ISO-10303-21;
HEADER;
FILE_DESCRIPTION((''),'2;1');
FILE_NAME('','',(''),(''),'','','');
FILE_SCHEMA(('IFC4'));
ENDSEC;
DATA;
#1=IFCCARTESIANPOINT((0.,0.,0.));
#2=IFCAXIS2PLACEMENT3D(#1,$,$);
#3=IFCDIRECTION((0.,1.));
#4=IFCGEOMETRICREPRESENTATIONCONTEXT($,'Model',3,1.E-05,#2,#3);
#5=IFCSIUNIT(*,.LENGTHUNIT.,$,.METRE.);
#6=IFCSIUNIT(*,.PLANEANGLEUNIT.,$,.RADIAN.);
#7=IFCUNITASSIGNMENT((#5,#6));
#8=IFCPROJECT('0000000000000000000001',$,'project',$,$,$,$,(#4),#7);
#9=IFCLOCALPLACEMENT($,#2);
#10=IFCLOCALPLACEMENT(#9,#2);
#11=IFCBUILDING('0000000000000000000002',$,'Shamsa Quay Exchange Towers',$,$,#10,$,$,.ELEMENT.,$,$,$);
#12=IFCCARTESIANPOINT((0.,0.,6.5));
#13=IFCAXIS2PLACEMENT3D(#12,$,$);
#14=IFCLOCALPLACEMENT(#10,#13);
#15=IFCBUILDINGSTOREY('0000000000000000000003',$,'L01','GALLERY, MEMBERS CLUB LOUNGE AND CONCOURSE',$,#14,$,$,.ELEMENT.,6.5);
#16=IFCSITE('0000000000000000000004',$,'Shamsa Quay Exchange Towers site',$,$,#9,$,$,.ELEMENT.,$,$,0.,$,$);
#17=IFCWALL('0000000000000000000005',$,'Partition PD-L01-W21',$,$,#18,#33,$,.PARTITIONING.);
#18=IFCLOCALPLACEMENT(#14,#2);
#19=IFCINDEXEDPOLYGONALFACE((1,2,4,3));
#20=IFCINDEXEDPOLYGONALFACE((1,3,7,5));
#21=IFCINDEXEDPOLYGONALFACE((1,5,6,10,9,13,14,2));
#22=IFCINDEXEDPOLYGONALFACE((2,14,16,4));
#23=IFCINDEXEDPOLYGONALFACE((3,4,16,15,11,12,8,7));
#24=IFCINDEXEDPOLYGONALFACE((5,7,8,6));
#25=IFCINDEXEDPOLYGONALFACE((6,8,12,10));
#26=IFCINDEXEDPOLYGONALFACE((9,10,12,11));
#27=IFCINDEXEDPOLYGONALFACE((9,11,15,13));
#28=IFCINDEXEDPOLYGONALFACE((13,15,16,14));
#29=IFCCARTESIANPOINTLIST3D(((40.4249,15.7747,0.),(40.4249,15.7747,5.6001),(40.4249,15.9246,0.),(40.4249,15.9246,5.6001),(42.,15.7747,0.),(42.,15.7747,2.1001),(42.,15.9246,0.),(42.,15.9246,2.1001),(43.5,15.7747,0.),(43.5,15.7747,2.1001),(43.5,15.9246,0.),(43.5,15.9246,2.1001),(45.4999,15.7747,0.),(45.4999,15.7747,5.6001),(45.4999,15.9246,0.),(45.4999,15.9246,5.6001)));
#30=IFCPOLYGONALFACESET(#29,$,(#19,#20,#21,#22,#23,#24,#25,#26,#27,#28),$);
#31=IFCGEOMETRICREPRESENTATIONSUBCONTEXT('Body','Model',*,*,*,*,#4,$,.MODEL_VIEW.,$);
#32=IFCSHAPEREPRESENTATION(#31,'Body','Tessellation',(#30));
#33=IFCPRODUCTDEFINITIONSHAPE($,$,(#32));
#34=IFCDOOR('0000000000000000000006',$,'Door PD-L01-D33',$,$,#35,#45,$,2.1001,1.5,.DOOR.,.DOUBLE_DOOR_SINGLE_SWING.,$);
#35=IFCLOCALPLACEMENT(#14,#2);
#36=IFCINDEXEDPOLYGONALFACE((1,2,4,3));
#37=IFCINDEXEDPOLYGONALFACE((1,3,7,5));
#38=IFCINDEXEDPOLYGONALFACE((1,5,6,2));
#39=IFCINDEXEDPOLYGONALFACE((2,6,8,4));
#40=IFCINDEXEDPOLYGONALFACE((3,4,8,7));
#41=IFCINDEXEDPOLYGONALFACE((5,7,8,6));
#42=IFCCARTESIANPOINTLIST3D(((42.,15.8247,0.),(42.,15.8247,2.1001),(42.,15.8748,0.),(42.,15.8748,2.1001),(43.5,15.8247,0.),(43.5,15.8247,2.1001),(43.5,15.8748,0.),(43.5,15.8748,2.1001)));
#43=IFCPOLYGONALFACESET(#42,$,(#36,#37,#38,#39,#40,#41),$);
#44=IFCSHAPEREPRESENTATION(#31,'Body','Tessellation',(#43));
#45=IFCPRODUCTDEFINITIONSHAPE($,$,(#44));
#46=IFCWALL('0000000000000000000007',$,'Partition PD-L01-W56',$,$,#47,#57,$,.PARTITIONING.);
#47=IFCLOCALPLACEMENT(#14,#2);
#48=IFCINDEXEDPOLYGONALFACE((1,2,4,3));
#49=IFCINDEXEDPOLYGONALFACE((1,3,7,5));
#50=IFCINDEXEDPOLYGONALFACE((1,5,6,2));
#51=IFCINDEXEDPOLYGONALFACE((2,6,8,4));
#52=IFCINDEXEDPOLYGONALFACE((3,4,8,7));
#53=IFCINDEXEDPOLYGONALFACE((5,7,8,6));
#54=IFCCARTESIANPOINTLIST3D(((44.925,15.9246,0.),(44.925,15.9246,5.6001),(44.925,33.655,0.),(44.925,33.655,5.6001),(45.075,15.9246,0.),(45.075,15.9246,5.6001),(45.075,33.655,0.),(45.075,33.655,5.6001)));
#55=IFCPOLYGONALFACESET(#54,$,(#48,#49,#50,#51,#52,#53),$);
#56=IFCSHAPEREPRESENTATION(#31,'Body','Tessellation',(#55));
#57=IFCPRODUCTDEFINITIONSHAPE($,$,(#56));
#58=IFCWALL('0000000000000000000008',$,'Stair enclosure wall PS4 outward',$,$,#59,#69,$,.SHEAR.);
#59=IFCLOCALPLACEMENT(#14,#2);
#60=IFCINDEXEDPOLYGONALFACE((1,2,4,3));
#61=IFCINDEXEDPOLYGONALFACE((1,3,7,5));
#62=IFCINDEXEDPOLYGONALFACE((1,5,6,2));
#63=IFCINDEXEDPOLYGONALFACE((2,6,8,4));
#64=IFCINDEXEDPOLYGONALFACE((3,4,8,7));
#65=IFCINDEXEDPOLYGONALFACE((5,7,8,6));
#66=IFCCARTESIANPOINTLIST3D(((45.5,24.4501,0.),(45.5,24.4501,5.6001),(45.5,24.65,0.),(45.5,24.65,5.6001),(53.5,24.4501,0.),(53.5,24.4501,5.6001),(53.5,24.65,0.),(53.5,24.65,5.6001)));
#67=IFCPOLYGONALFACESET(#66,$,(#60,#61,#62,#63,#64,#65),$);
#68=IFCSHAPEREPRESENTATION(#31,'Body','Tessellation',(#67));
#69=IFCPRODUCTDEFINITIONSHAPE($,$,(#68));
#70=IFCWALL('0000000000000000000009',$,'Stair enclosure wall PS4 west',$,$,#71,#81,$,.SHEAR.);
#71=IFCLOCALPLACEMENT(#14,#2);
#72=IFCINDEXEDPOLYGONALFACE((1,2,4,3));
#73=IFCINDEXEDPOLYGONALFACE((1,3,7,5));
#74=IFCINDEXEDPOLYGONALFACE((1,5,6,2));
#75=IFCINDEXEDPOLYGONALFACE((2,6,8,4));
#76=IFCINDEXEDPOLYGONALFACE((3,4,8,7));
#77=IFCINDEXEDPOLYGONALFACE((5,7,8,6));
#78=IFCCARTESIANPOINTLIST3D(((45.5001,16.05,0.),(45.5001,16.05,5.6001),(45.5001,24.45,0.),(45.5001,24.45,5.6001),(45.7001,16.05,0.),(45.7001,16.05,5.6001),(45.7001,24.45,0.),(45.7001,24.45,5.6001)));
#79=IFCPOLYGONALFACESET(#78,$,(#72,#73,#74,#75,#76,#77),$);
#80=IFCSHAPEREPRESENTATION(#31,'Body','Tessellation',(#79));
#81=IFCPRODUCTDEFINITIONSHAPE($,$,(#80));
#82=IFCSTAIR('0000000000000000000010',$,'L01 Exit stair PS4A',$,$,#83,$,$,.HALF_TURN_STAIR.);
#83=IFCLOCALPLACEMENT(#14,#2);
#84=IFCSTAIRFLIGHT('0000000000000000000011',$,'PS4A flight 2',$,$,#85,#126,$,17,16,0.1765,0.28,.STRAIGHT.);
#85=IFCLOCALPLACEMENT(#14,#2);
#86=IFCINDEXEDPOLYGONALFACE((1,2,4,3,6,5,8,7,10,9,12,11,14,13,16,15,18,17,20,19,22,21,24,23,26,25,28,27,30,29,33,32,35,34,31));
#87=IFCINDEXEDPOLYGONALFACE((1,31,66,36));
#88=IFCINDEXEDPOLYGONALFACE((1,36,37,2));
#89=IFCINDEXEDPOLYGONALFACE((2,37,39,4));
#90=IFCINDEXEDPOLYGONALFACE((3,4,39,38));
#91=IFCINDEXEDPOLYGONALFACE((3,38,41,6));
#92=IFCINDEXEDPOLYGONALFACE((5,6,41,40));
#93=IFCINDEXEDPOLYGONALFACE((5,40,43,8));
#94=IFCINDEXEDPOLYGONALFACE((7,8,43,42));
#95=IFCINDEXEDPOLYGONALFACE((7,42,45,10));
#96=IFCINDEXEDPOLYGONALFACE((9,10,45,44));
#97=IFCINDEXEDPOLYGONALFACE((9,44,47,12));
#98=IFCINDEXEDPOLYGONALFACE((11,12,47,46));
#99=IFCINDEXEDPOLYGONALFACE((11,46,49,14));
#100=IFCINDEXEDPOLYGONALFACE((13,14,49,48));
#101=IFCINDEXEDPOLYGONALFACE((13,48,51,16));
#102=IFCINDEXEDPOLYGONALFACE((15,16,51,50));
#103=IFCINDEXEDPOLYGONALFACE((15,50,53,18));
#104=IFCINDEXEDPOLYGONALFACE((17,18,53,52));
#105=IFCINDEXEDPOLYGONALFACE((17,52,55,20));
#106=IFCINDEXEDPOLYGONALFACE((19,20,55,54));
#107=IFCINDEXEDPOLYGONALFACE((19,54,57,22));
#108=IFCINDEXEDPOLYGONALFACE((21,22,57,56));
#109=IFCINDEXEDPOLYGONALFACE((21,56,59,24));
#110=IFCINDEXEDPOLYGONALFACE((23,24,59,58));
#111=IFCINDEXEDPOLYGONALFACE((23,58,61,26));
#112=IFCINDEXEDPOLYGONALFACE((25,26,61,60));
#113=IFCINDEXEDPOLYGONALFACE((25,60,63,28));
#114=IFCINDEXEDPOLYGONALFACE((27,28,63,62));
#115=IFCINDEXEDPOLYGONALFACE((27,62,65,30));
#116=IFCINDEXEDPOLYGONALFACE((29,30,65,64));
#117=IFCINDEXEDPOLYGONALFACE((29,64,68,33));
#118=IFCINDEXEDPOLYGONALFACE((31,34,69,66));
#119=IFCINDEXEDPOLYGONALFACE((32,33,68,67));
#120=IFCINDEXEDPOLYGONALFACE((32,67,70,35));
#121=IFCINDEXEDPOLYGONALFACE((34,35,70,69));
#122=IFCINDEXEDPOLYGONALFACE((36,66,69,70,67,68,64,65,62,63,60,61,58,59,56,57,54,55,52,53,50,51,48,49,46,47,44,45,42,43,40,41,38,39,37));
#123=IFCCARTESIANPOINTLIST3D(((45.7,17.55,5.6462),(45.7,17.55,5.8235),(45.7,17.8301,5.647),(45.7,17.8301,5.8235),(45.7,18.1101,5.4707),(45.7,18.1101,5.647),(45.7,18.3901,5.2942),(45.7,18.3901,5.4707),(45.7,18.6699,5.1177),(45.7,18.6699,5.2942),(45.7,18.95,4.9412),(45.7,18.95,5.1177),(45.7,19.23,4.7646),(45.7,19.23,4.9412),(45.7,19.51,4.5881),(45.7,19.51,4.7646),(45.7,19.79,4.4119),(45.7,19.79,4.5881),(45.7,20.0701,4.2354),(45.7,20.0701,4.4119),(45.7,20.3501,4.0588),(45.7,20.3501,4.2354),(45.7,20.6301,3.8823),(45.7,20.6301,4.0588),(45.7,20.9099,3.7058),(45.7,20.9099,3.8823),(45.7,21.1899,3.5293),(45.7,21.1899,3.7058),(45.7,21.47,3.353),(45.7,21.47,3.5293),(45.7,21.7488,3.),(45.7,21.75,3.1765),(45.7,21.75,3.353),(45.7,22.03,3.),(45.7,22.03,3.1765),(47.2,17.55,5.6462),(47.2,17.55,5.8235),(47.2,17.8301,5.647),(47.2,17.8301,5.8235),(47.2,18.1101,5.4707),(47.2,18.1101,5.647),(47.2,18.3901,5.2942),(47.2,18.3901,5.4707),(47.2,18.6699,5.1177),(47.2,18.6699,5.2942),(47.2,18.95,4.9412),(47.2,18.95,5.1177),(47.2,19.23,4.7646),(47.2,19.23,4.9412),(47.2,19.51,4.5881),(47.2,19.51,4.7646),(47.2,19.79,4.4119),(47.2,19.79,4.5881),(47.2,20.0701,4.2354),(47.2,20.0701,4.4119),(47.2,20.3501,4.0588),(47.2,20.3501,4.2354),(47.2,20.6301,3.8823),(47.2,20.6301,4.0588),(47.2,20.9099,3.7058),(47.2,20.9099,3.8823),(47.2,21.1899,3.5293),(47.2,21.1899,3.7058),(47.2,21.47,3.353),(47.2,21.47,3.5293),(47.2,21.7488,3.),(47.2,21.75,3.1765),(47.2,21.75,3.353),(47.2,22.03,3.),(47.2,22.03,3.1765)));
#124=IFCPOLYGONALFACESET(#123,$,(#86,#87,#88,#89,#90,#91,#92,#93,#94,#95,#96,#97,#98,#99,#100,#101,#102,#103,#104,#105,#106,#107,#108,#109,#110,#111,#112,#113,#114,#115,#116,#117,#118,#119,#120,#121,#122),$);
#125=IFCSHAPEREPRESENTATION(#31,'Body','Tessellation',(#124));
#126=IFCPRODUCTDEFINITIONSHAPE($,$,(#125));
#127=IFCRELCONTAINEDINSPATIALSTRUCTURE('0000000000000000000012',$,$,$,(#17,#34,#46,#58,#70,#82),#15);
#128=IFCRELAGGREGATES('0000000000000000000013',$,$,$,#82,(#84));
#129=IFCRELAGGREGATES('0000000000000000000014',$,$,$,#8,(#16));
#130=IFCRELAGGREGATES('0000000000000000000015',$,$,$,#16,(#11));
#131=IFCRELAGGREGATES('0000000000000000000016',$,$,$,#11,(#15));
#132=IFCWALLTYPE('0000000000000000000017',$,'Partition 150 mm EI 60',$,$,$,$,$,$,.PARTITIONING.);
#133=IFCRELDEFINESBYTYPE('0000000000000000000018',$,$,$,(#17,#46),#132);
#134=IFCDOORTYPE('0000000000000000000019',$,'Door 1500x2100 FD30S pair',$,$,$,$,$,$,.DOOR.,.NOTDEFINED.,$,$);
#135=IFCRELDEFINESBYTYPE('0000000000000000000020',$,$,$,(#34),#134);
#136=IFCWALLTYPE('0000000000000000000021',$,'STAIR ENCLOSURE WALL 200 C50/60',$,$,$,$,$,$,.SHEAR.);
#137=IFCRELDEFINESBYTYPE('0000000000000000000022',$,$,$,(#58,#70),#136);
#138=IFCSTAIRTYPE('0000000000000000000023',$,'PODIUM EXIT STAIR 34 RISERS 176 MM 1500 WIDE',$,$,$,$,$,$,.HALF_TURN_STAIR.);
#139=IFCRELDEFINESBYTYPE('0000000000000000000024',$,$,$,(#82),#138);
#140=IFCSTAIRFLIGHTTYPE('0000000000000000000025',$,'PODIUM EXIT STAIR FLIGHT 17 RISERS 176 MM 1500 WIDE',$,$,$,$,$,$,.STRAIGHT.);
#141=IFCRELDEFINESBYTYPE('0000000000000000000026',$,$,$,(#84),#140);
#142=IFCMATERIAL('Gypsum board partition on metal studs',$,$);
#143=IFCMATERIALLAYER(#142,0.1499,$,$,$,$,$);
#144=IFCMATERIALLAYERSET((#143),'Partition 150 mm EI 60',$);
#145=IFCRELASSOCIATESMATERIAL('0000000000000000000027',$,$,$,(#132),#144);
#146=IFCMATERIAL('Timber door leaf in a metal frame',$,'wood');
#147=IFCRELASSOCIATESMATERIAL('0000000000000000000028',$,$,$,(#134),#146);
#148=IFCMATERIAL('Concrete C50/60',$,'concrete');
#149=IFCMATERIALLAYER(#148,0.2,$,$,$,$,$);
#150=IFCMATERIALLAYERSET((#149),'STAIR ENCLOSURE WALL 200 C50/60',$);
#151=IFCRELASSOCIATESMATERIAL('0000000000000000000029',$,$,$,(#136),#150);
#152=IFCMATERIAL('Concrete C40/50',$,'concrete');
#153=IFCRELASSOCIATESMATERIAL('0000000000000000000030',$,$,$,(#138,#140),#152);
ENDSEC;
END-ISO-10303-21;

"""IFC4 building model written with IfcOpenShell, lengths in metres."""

from ifc_helpers import new_model, si_unit, direction, frame, frame_2d, origin, place, context, subcontext, project, spatial, polyline, rectangle, outline, extrude, material, layer, layer_set, type_object, element, fill, aggregate, save


model = new_model("IFC4")

# Units and contexts
model_context = context("Model", 3, precision=1e-05, world=origin(), true_north=direction((0.0, 1.0)))
body_context = subcontext(model_context, "Body", "Model", "MODEL_VIEW")
ifc_project = project(units=[si_unit("LENGTHUNIT", "METRE"), si_unit("PLANEANGLEUNIT", "RADIAN")], contexts=[model_context])

# Site, building, storey
site_placement = place(None, origin())
site = spatial("IfcSite", under=ifc_project, at=site_placement, Name="Shamsa Quay Exchange Towers site", CompositionType="ELEMENT", RefElevation=0.0)
building_placement = place(site_placement, origin())
building = spatial("IfcBuilding", under=site, at=building_placement, Name="Shamsa Quay Exchange Towers", CompositionType="ELEMENT")
storey_placement = place(building_placement, frame((0.0, 0.0, 6.5)))
storey = spatial("IfcBuildingStorey", under=building, at=storey_placement, Name="L01", Description="GALLERY, MEMBERS CLUB LOUNGE AND CONCOURSE", CompositionType="ELEMENT", Elevation=6.5)

# Wall, opening, door
ifc_material_1 = material(Name="Gypsum board partition on metal studs")
ifc_layer_1 = layer(ifc_material_1, 0.1499)
ifc_layer_set_1 = layer_set([ifc_layer_1], Name="Partition 150 mm EI 60")
wall_type_1 = type_object("IfcWallType", Name="Partition 150 mm EI 60", PredefinedType="PARTITIONING", material=ifc_layer_set_1)
ifc_material_2 = material(Name="Timber door leaf in a metal frame", Category="wood")
door_type_1 = type_object("IfcDoorType", Name="Door 1500x2100 FD30S pair", OperationType="NOTDEFINED", PredefinedType="DOOR", material=ifc_material_2)
wall_1_placement = place(storey_placement, frame((45.5, 15.8496, 0.0), z_axis=(0.0, 0.0, 1.0), x_axis=(-1.0, 0.0, 0.0)))
wall_1 = element("IfcWall", 1, at=wall_1_placement, inside=storey, type_object=wall_type_1, Name="Partition PD-L01-W21", PredefinedType="PARTITIONING", context=body_context, shape_type="SweptSolid", body=[
    extrude(rectangle(XDim=5.075, YDim=0.1499, at=frame_2d((2.5376, 0.0))), origin(), (0.0, 0.0, 1.0), 5.6001),
])
opening_1_placement = place(wall_1_placement, frame((2.0, 0.0, 0.0)))
opening_1 = element("IfcOpeningElement", 2, at=opening_1_placement, cuts=wall_1, PredefinedType="OPENING", context=body_context, shape_type="SweptSolid", body=[
    extrude(rectangle(XDim=1.5, YDim=2.1001, at=frame_2d((0.75, 1.05))), frame((0.0, 0.085, 0.0), z_axis=(0.0, -1.0, 0.0), x_axis=(1.0, 0.0, 0.0)), (0.0, 0.0, 1.0), 0.1699),
])
door_1_placement = place(opening_1_placement, origin())
door_1 = element("IfcDoor", 3, at=door_1_placement, inside=storey, type_object=door_type_1, Name="Door PD-L01-D33", OperationType="DOUBLE_DOOR_SINGLE_SWING", OverallHeight=2.1001, OverallWidth=1.5, PredefinedType="DOOR", context=body_context, shape_type="SweptSolid", body=[
    extrude(rectangle(XDim=1.5, YDim=2.1001, at=frame_2d((0.75, 1.05))), frame((0.0, 0.0249, 0.0), z_axis=(0.0, -1.0, 0.0), x_axis=(1.0, 0.0, 0.0)), (0.0, 0.0, 1.0), 0.05),
])
fill(opening_1, door_1)

# Wall
wall_2_placement = place(storey_placement, frame((45.0, 33.655, 0.0), z_axis=(0.0, 0.0, 1.0), x_axis=(0.0, -1.0, 0.0)))
element("IfcWall", 4, at=wall_2_placement, inside=storey, type_object=wall_type_1, Name="Partition PD-L01-W56", PredefinedType="PARTITIONING", context=body_context, shape_type="SweptSolid", body=[
    extrude(rectangle(XDim=17.7305, YDim=0.1499, at=frame_2d((8.8652, 0.0))), origin(), (0.0, 0.0, 1.0), 5.6001),
])

# Shared definitions
ifc_material_3 = material(Name="Concrete C50/60", Category="concrete")
ifc_layer_2 = layer(ifc_material_3, 0.2)
ifc_layer_set_2 = layer_set([ifc_layer_2], Name="STAIR ENCLOSURE WALL 200 C50/60")
wall_type_2 = type_object("IfcWallType", Name="STAIR ENCLOSURE WALL 200 C50/60", PredefinedType="SHEAR", material=ifc_layer_set_2)

# Walls
wall_3_placement = place(storey_placement, frame((45.5, 24.55, 0.0)))
element("IfcWall", 5, at=wall_3_placement, inside=storey, type_object=wall_type_2, Name="Stair enclosure wall PS4 outward", PredefinedType="SHEAR", context=body_context, shape_type="SweptSolid", body=[
    extrude(rectangle(XDim=8.0, YDim=0.2, at=frame_2d((4.0, 0.0))), origin(), (0.0, 0.0, 1.0), 5.6001),
])
wall_4_placement = place(storey_placement, frame((45.6001, 16.05, 0.0), z_axis=(0.0, 0.0, 1.0), x_axis=(0.0, 1.0, 0.0)))
element("IfcWall", 6, at=wall_4_placement, inside=storey, type_object=wall_type_2, Name="Stair enclosure wall PS4 west", PredefinedType="SHEAR", context=body_context, shape_type="SweptSolid", body=[
    extrude(rectangle(XDim=8.3999, YDim=0.2, at=frame_2d((4.2, 0.0))), origin(), (0.0, 0.0, 1.0), 5.6001),
])

# Stair, stair flight
ifc_material_4 = material(Name="Concrete C40/50", Category="concrete")
stair_type = type_object("IfcStairType", Name="PODIUM EXIT STAIR 34 RISERS 176 MM 1500 WIDE", PredefinedType="HALF_TURN_STAIR", material=ifc_material_4)
stair_placement = place(storey_placement, origin())
stair = element("IfcStair", 7, at=stair_placement, inside=storey, type_object=stair_type, Name="L01 Exit stair PS4A", PredefinedType="HALF_TURN_STAIR")
stair_flight_type = type_object("IfcStairFlightType", Name="PODIUM EXIT STAIR FLIGHT 17 RISERS 176 MM 1500 WIDE", PredefinedType="STRAIGHT", material=ifc_material_4)
stair_flight_placement = place(storey_placement, frame((46.45, 22.03, 3.0), z_axis=(0.0, 0.0, 1.0), x_axis=(0.0, -1.0, 0.0)))
stair_flight = element("IfcStairFlight", 8, at=stair_flight_placement, type_object=stair_flight_type, Name="PS4A flight 2", NumberOfRisers=17, NumberOfTreads=16, PredefinedType="STRAIGHT", RiserHeight=0.1765, TreadLength=0.28, context=body_context, shape_type="SweptSolid", body=[
    extrude(outline(polyline([(0.0, 0.0), (0.0, 0.1765), (0.28, 0.1765), (0.28, 0.353), (0.5601, 0.353), (0.5601, 0.5293), (0.8401, 0.5293), (0.8401, 0.7058), (1.1201, 0.7058), (1.1201, 0.8823), (1.3999, 0.8823), (1.3999, 1.0588), (1.6799, 1.0588), (1.6799, 1.2354), (1.96, 1.2354), (1.96, 1.4119), (2.24, 1.4119), (2.24, 1.5881), (2.52, 1.5881), (2.52, 1.7646), (2.8, 1.7646), (2.8, 1.9412), (3.0801, 1.9412), (3.0801, 2.1177), (3.3601, 2.1177), (3.3601, 2.2942), (3.6399, 2.2942), (3.6399, 2.4707), (3.9199, 2.4707), (3.9199, 2.647), (4.2, 2.647), (4.2, 2.8235), (4.48, 2.8235), (4.48, 3.0), (4.48, 2.6462), (0.2812, 0.0), (0.0, 0.0)])), frame((0.0, 0.75, 0.0), z_axis=(0.0, -1.0, 0.0), x_axis=(1.0, 0.0, 0.0)), (0.0, 0.0, 1.0), 1.5),
])
aggregate(stair, [stair_flight])

save(model, "model.ifc")
